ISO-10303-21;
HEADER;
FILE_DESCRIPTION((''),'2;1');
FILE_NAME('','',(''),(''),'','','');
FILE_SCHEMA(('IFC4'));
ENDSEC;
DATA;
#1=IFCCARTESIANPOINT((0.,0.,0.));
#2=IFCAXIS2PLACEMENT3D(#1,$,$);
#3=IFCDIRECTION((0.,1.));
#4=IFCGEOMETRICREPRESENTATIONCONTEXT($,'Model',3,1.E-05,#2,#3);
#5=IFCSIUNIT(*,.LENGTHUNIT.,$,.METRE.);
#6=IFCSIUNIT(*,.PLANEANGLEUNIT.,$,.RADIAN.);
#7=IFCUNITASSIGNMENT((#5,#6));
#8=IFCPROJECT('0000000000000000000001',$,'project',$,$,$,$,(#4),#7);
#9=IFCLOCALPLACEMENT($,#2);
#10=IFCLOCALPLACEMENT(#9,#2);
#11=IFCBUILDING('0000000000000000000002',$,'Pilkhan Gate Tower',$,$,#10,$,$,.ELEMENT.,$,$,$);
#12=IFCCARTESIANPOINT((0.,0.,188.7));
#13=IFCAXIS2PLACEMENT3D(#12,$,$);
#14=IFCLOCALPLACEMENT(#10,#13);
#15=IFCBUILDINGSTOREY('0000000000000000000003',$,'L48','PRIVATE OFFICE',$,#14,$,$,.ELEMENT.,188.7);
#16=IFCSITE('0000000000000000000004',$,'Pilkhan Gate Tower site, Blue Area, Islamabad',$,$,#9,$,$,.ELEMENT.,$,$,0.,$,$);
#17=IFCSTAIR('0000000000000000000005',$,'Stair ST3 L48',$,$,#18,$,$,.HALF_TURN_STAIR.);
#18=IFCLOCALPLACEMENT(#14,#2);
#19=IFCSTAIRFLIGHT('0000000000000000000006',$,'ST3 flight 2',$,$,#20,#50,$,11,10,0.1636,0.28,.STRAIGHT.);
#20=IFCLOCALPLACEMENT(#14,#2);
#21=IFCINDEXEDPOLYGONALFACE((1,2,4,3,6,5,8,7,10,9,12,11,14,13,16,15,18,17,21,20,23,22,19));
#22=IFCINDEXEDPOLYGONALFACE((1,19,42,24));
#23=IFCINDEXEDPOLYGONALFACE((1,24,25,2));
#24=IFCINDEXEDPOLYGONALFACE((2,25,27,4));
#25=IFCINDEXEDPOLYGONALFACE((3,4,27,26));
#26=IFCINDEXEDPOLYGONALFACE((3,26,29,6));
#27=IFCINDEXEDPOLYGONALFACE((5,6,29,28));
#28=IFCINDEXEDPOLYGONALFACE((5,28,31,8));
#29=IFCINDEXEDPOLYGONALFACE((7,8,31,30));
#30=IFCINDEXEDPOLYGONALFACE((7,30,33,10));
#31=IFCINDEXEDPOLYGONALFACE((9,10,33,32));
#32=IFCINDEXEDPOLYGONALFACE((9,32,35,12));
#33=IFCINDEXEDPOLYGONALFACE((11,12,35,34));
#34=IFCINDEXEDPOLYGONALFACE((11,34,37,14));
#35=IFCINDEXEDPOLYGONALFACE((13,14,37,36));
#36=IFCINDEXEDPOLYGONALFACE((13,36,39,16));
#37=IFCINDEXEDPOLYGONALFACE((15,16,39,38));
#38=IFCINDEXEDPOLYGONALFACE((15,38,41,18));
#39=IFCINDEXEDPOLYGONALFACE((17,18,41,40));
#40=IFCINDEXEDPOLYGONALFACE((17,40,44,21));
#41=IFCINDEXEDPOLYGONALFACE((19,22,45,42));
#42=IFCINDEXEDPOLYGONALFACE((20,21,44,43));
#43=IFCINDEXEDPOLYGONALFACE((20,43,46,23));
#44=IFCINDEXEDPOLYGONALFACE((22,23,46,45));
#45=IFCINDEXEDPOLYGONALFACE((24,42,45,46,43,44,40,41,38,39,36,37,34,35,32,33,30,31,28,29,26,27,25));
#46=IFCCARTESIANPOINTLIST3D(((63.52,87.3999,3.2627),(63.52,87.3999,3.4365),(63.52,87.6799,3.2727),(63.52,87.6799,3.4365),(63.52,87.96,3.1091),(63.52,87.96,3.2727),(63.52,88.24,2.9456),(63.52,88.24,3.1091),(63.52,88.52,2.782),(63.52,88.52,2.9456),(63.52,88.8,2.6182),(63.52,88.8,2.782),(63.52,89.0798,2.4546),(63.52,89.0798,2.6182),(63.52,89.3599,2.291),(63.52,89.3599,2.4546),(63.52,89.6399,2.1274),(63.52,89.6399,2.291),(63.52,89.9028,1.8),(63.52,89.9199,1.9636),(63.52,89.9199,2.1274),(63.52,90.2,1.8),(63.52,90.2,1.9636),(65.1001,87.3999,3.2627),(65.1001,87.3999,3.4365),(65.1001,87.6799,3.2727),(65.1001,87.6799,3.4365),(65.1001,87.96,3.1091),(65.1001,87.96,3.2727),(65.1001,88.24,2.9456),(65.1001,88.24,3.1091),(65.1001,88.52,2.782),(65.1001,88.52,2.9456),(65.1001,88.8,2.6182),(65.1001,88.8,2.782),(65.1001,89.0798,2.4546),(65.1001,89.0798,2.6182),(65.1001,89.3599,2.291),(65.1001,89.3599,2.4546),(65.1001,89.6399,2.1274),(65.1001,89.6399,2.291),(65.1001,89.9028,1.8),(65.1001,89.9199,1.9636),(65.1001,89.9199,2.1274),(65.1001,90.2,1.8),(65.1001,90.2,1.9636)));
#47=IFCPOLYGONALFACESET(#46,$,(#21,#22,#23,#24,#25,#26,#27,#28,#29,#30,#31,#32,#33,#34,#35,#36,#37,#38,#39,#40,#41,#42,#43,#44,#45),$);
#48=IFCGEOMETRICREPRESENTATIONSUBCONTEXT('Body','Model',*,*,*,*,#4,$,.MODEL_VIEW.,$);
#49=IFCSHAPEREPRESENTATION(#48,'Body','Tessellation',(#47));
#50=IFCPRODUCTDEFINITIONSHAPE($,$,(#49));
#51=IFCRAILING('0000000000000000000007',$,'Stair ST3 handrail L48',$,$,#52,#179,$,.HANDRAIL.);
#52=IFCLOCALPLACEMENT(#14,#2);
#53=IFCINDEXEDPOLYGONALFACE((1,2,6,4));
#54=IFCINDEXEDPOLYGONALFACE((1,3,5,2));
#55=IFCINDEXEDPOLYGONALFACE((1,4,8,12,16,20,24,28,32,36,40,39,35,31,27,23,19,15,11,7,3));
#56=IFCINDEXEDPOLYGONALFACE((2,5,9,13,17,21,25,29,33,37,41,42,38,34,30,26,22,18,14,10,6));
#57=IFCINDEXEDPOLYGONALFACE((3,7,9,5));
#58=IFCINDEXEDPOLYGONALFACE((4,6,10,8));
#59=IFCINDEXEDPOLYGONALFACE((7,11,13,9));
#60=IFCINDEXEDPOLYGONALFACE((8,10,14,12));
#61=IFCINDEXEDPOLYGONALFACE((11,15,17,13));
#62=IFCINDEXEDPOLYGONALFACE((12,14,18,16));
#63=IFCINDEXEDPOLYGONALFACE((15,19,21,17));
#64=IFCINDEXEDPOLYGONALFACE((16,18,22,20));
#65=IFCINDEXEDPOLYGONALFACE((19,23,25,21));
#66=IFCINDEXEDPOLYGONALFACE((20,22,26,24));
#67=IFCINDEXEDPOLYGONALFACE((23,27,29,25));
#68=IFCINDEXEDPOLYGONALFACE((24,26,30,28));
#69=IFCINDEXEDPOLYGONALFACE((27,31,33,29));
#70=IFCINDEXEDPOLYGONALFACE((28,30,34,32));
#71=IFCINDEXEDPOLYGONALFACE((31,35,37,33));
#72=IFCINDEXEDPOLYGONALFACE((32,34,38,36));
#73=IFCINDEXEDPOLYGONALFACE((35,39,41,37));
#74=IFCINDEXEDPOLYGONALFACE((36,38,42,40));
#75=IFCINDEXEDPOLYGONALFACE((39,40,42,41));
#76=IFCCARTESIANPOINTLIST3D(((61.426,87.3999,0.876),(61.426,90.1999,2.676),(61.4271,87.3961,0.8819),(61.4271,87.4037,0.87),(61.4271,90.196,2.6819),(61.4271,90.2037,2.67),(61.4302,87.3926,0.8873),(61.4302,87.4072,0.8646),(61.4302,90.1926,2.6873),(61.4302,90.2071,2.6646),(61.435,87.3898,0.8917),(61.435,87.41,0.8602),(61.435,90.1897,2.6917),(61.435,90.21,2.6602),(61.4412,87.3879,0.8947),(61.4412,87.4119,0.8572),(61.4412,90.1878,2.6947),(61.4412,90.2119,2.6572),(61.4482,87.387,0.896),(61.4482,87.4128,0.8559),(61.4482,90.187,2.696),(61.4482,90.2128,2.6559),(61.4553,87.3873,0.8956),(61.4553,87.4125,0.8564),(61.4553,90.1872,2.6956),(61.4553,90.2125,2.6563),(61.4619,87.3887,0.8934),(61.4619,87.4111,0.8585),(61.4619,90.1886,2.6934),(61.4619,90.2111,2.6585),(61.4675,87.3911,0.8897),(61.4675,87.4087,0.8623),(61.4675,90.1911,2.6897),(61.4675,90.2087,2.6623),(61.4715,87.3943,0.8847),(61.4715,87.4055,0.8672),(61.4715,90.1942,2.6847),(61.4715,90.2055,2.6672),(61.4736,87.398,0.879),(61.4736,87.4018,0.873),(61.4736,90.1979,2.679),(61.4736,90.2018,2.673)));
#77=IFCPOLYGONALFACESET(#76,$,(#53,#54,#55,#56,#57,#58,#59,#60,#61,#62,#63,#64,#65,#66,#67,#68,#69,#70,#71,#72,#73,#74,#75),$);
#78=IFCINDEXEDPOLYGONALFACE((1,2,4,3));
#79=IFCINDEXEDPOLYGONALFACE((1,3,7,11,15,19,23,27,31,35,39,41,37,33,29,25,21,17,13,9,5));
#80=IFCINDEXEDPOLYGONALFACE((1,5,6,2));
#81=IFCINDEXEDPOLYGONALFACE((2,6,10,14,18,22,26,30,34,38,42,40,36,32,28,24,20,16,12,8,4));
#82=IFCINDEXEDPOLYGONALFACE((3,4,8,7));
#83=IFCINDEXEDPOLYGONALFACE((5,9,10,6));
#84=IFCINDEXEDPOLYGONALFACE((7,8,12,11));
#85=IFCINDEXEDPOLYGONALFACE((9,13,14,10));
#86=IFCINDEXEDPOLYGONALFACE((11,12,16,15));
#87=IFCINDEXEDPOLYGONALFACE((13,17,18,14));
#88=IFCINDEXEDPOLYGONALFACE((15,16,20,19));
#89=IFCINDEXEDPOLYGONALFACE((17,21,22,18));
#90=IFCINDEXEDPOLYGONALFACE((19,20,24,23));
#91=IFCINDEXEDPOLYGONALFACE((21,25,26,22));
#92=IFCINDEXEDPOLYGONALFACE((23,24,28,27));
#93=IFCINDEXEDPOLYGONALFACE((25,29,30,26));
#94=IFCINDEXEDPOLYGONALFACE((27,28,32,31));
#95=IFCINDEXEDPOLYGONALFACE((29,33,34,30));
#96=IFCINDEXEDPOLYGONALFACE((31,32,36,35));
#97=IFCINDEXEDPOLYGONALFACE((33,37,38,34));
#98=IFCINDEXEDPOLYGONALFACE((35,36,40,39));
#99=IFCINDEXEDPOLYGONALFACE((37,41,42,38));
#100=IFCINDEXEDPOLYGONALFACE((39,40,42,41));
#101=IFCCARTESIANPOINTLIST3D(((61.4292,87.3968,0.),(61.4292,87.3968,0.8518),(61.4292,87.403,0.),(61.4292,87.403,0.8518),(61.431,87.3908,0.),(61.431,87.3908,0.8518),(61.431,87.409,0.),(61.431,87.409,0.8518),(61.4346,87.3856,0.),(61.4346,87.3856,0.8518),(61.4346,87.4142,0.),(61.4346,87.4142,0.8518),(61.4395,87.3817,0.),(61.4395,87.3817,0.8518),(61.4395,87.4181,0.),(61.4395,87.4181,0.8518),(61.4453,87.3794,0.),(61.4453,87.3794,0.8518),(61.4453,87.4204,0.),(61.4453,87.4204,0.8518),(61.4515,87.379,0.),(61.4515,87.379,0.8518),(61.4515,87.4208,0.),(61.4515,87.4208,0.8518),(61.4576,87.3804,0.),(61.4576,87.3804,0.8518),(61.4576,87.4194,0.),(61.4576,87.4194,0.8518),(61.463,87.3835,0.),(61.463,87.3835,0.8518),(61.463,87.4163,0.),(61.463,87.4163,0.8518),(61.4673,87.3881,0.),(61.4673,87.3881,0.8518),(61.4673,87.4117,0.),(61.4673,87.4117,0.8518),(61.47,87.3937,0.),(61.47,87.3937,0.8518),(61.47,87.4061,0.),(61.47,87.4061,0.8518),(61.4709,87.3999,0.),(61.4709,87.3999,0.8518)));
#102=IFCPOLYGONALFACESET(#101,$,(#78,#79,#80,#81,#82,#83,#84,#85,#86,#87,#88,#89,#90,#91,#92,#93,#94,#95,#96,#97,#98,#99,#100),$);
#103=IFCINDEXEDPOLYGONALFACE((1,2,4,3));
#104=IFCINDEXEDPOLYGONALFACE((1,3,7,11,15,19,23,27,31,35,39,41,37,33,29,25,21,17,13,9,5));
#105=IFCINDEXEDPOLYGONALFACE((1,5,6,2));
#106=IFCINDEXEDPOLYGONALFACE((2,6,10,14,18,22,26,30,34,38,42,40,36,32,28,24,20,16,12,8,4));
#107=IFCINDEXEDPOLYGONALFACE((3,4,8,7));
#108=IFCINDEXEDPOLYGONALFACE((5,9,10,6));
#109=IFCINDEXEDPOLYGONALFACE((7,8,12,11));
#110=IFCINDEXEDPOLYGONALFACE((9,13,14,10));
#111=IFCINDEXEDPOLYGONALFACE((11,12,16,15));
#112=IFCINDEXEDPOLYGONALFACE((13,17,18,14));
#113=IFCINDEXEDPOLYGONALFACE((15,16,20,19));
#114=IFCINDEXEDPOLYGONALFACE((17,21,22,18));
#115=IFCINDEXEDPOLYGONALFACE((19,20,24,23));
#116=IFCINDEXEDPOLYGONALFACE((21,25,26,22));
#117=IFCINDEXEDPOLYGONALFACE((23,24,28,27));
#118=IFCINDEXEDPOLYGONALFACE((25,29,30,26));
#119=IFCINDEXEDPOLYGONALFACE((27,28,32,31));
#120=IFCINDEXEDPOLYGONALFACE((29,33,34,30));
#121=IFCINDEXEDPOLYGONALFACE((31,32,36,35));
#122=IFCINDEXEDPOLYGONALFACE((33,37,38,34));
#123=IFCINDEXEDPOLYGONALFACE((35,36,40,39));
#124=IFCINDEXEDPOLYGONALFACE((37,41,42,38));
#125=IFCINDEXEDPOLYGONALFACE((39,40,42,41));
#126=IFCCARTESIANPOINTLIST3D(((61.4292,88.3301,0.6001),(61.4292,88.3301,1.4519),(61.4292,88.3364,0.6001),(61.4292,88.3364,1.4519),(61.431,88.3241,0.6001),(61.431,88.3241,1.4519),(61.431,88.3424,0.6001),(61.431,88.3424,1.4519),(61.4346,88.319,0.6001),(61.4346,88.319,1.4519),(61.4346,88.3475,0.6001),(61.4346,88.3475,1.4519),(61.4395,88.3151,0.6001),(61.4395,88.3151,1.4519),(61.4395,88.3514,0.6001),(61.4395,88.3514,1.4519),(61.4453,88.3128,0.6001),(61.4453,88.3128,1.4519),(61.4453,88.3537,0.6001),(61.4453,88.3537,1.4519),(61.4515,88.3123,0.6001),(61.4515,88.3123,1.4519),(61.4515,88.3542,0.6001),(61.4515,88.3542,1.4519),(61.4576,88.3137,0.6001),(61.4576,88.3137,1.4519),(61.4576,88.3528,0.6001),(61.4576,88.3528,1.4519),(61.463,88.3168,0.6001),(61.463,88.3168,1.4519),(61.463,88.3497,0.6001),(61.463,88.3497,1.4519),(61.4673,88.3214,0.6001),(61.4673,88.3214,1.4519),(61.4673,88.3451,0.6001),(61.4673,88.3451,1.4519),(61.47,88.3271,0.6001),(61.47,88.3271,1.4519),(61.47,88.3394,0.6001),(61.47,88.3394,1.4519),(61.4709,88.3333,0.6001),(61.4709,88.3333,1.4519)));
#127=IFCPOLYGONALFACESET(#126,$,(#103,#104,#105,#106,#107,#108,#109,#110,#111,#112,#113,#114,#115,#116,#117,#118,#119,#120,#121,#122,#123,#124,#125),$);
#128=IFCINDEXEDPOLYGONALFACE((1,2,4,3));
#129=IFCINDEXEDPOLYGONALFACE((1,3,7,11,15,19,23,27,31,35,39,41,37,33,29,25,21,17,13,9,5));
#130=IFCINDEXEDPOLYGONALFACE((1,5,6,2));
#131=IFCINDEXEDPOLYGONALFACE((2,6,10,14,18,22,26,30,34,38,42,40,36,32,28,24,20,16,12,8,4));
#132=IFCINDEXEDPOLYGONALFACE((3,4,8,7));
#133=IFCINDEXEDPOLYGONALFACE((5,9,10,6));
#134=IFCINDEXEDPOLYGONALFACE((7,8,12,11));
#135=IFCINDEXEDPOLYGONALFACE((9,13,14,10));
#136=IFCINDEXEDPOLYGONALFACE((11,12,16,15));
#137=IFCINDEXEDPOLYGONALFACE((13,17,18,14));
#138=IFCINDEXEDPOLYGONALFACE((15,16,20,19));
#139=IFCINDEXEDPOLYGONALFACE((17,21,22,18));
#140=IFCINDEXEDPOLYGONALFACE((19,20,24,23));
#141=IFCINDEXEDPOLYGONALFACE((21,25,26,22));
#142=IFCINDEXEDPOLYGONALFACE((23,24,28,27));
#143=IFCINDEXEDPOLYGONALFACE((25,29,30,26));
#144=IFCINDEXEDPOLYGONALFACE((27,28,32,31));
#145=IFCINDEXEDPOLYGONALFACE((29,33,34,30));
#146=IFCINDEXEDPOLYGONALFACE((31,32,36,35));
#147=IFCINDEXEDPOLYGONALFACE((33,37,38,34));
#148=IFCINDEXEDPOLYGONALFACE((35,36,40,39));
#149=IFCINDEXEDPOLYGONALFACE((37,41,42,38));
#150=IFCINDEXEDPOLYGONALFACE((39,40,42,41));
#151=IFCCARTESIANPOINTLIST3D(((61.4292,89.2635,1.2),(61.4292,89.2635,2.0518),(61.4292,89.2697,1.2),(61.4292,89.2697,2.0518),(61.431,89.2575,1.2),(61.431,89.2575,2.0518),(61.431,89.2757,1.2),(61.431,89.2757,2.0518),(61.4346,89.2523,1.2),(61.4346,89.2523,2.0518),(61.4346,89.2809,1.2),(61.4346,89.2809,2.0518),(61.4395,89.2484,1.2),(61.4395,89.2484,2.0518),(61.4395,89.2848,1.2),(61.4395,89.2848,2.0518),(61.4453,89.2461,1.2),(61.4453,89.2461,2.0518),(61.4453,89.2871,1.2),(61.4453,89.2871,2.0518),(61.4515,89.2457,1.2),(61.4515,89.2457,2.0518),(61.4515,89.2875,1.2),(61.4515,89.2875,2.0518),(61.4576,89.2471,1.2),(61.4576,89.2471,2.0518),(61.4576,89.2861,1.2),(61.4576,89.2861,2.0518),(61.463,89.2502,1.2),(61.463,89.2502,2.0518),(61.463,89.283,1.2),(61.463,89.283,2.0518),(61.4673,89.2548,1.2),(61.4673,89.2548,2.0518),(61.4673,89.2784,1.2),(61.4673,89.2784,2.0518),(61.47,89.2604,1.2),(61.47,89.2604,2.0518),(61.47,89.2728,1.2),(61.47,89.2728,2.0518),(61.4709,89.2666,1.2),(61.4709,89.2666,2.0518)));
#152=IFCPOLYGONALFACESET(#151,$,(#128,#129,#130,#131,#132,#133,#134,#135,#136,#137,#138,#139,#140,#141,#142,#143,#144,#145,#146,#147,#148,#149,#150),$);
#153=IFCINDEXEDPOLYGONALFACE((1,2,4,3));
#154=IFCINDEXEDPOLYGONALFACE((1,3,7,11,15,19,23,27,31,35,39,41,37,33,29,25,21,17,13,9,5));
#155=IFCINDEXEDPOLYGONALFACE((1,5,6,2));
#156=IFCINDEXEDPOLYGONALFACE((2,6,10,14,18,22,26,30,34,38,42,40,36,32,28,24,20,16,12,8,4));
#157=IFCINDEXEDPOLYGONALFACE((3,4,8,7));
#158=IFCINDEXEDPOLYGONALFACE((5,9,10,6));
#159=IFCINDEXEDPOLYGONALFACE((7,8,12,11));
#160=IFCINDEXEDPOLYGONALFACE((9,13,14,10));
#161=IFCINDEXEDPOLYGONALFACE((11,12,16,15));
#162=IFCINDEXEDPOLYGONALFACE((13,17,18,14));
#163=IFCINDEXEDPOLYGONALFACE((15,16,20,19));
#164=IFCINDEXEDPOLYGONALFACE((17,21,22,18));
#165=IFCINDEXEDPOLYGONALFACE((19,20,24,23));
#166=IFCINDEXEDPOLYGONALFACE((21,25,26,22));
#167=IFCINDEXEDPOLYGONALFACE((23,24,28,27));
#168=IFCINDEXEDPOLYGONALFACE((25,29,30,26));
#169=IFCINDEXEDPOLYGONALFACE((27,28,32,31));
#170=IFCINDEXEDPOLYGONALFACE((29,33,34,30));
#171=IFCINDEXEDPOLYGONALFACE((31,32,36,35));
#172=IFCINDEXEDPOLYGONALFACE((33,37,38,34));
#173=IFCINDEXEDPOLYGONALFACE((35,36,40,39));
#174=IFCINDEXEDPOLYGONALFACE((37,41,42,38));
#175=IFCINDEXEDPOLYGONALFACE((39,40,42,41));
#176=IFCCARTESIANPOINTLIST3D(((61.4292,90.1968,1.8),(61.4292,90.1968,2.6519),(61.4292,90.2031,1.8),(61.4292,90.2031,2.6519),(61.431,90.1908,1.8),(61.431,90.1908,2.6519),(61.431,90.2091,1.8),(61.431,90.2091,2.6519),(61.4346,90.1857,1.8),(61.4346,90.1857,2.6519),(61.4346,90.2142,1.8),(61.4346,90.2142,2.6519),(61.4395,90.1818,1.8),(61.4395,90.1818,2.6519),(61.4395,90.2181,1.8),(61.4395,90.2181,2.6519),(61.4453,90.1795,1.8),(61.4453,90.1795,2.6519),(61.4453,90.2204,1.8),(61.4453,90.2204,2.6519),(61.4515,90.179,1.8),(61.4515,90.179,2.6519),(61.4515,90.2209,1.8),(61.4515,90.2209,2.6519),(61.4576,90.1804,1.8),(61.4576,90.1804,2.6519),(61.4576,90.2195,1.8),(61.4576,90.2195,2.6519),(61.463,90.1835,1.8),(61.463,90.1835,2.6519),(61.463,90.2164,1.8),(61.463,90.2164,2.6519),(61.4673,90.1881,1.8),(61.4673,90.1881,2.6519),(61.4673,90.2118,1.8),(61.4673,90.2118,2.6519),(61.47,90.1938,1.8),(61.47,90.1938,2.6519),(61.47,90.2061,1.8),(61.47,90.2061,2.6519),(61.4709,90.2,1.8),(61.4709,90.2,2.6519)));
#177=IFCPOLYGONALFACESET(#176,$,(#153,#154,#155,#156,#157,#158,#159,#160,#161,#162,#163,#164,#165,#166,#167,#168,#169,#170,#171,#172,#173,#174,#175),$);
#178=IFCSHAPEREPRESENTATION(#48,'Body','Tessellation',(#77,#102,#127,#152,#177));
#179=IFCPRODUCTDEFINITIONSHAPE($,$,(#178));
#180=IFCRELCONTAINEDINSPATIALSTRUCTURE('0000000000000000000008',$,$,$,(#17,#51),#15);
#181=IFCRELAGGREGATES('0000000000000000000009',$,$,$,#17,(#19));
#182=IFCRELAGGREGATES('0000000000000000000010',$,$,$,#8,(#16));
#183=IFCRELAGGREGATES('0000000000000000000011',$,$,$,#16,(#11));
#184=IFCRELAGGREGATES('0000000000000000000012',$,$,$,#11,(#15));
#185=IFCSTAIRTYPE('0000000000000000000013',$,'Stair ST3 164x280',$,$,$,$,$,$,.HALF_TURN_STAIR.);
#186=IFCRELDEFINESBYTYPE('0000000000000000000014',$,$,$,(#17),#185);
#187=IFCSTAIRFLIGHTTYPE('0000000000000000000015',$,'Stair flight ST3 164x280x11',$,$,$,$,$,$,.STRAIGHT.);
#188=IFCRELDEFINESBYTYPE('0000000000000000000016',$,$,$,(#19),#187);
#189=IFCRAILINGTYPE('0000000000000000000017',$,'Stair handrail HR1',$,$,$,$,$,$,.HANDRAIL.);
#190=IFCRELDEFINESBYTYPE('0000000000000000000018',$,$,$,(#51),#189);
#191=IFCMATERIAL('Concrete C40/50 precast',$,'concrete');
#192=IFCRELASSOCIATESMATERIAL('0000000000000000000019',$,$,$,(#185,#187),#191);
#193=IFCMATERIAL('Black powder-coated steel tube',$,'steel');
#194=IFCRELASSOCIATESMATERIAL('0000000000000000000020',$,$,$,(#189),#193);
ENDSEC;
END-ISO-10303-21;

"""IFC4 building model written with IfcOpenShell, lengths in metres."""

from ifc_helpers import new_model, si_unit, direction, frame, origin, origin_2d, place, context, subcontext, project, spatial, polyline, circle, outline, extrude, material, type_object, element, aggregate, save


model = new_model("IFC4")

# Units and contexts
model_context = context("Model", 3, precision=1e-05, world=origin(), true_north=direction((0.0, 1.0)))
body_context = subcontext(model_context, "Body", "Model", "MODEL_VIEW")
ifc_project = project(units=[si_unit("LENGTHUNIT", "METRE"), si_unit("PLANEANGLEUNIT", "RADIAN")], contexts=[model_context])

# Site, building, storey
site_placement = place(None, origin())
site = spatial("IfcSite", under=ifc_project, at=site_placement, Name="Pilkhan Gate Tower site, Blue Area, Islamabad", CompositionType="ELEMENT", RefElevation=0.0)
building_placement = place(site_placement, origin())
building = spatial("IfcBuilding", under=site, at=building_placement, Name="Pilkhan Gate Tower", CompositionType="ELEMENT")
storey_placement = place(building_placement, frame((0.0, 0.0, 188.7)))
storey = spatial("IfcBuildingStorey", under=building, at=storey_placement, Name="L48", Description="PRIVATE OFFICE", CompositionType="ELEMENT", Elevation=188.7)

# Stair, stair flight
ifc_material_1 = material(Name="Concrete C40/50 precast", Category="concrete")
stair_type = type_object("IfcStairType", Name="Stair ST3 164x280", PredefinedType="HALF_TURN_STAIR", material=ifc_material_1)
stair_placement = place(storey_placement, origin())
stair = element("IfcStair", 1, at=stair_placement, inside=storey, type_object=stair_type, Name="Stair ST3 L48", PredefinedType="HALF_TURN_STAIR")
stair_flight_type = type_object("IfcStairFlightType", Name="Stair flight ST3 164x280x11", PredefinedType="STRAIGHT", material=ifc_material_1)
stair_flight_1_placement = place(storey_placement, frame((64.3101, 90.2, 1.8), z_axis=(0.0, 0.0, 1.0), x_axis=(0.0, -1.0, 0.0)))
stair_flight_1 = element("IfcStairFlight", 2, at=stair_flight_1_placement, type_object=stair_flight_type, Name="ST3 flight 2", NumberOfRisers=11, NumberOfTreads=10, PredefinedType="STRAIGHT", RiserHeight=0.1636, TreadLength=0.28, context=body_context, shape_type="SweptSolid", body=[
    extrude(outline(polyline([(0.0, 0.0), (0.0, 0.1636), (0.28, 0.1636), (0.28, 0.3274), (0.5601, 0.3274), (0.5601, 0.491), (0.8401, 0.491), (0.8401, 0.6545), (1.1201, 0.6545), (1.1201, 0.8181), (1.3999, 0.8181), (1.3999, 0.9819), (1.6799, 0.9819), (1.6799, 1.1455), (1.96, 1.1455), (1.96, 1.3091), (2.24, 1.3091), (2.24, 1.4727), (2.52, 1.4727), (2.52, 1.6365), (2.8, 1.6365), (2.8, 1.8), (2.8, 1.4626), (0.2971, 0.0), (0.0, 0.0)])), frame((0.0, 0.79, 0.0), z_axis=(0.0, -1.0, 0.0), x_axis=(1.0, 0.0, 0.0)), (0.0, 0.0, 1.0), 1.5801),
])
aggregate(stair, [stair_flight_1])

# Railing
ifc_material_2 = material(Name="Black powder-coated steel tube", Category="steel")
railing_type_1 = type_object("IfcRailingType", Name="Stair handrail HR1", PredefinedType="HANDRAIL", material=ifc_material_2)
railing_1_placement = place(storey_placement, frame((61.45, 87.3999, 0.0)))
element("IfcRailing", 3, at=railing_1_placement, inside=storey, type_object=railing_type_1, Name="Stair ST3 handrail L48", PredefinedType="HANDRAIL", context=body_context, shape_type="SweptSolid", body=[
    extrude(circle(Radius=0.0239, at=origin_2d()), frame((0.0, 0.0, 0.876), z_axis=(0.0, 0.841176, 0.540761), x_axis=(-1.0, 0.0, 0.0)), (0.0, 0.0, 1.0), 3.3286),
    extrude(circle(Radius=0.021, at=origin_2d()), origin(), (0.0, 0.0, 1.0), 0.8518),
    extrude(circle(Radius=0.021, at=origin_2d()), frame((0.0, 0.9333, 0.6001)), (0.0, 0.0, 1.0), 0.8518),
    extrude(circle(Radius=0.021, at=origin_2d()), frame((0.0, 1.8667, 1.2)), (0.0, 0.0, 1.0), 0.8518),
    extrude(circle(Radius=0.021, at=origin_2d()), frame((0.0, 2.8, 1.8)), (0.0, 0.0, 1.0), 0.8518),
])

save(model, "model.ifc")
